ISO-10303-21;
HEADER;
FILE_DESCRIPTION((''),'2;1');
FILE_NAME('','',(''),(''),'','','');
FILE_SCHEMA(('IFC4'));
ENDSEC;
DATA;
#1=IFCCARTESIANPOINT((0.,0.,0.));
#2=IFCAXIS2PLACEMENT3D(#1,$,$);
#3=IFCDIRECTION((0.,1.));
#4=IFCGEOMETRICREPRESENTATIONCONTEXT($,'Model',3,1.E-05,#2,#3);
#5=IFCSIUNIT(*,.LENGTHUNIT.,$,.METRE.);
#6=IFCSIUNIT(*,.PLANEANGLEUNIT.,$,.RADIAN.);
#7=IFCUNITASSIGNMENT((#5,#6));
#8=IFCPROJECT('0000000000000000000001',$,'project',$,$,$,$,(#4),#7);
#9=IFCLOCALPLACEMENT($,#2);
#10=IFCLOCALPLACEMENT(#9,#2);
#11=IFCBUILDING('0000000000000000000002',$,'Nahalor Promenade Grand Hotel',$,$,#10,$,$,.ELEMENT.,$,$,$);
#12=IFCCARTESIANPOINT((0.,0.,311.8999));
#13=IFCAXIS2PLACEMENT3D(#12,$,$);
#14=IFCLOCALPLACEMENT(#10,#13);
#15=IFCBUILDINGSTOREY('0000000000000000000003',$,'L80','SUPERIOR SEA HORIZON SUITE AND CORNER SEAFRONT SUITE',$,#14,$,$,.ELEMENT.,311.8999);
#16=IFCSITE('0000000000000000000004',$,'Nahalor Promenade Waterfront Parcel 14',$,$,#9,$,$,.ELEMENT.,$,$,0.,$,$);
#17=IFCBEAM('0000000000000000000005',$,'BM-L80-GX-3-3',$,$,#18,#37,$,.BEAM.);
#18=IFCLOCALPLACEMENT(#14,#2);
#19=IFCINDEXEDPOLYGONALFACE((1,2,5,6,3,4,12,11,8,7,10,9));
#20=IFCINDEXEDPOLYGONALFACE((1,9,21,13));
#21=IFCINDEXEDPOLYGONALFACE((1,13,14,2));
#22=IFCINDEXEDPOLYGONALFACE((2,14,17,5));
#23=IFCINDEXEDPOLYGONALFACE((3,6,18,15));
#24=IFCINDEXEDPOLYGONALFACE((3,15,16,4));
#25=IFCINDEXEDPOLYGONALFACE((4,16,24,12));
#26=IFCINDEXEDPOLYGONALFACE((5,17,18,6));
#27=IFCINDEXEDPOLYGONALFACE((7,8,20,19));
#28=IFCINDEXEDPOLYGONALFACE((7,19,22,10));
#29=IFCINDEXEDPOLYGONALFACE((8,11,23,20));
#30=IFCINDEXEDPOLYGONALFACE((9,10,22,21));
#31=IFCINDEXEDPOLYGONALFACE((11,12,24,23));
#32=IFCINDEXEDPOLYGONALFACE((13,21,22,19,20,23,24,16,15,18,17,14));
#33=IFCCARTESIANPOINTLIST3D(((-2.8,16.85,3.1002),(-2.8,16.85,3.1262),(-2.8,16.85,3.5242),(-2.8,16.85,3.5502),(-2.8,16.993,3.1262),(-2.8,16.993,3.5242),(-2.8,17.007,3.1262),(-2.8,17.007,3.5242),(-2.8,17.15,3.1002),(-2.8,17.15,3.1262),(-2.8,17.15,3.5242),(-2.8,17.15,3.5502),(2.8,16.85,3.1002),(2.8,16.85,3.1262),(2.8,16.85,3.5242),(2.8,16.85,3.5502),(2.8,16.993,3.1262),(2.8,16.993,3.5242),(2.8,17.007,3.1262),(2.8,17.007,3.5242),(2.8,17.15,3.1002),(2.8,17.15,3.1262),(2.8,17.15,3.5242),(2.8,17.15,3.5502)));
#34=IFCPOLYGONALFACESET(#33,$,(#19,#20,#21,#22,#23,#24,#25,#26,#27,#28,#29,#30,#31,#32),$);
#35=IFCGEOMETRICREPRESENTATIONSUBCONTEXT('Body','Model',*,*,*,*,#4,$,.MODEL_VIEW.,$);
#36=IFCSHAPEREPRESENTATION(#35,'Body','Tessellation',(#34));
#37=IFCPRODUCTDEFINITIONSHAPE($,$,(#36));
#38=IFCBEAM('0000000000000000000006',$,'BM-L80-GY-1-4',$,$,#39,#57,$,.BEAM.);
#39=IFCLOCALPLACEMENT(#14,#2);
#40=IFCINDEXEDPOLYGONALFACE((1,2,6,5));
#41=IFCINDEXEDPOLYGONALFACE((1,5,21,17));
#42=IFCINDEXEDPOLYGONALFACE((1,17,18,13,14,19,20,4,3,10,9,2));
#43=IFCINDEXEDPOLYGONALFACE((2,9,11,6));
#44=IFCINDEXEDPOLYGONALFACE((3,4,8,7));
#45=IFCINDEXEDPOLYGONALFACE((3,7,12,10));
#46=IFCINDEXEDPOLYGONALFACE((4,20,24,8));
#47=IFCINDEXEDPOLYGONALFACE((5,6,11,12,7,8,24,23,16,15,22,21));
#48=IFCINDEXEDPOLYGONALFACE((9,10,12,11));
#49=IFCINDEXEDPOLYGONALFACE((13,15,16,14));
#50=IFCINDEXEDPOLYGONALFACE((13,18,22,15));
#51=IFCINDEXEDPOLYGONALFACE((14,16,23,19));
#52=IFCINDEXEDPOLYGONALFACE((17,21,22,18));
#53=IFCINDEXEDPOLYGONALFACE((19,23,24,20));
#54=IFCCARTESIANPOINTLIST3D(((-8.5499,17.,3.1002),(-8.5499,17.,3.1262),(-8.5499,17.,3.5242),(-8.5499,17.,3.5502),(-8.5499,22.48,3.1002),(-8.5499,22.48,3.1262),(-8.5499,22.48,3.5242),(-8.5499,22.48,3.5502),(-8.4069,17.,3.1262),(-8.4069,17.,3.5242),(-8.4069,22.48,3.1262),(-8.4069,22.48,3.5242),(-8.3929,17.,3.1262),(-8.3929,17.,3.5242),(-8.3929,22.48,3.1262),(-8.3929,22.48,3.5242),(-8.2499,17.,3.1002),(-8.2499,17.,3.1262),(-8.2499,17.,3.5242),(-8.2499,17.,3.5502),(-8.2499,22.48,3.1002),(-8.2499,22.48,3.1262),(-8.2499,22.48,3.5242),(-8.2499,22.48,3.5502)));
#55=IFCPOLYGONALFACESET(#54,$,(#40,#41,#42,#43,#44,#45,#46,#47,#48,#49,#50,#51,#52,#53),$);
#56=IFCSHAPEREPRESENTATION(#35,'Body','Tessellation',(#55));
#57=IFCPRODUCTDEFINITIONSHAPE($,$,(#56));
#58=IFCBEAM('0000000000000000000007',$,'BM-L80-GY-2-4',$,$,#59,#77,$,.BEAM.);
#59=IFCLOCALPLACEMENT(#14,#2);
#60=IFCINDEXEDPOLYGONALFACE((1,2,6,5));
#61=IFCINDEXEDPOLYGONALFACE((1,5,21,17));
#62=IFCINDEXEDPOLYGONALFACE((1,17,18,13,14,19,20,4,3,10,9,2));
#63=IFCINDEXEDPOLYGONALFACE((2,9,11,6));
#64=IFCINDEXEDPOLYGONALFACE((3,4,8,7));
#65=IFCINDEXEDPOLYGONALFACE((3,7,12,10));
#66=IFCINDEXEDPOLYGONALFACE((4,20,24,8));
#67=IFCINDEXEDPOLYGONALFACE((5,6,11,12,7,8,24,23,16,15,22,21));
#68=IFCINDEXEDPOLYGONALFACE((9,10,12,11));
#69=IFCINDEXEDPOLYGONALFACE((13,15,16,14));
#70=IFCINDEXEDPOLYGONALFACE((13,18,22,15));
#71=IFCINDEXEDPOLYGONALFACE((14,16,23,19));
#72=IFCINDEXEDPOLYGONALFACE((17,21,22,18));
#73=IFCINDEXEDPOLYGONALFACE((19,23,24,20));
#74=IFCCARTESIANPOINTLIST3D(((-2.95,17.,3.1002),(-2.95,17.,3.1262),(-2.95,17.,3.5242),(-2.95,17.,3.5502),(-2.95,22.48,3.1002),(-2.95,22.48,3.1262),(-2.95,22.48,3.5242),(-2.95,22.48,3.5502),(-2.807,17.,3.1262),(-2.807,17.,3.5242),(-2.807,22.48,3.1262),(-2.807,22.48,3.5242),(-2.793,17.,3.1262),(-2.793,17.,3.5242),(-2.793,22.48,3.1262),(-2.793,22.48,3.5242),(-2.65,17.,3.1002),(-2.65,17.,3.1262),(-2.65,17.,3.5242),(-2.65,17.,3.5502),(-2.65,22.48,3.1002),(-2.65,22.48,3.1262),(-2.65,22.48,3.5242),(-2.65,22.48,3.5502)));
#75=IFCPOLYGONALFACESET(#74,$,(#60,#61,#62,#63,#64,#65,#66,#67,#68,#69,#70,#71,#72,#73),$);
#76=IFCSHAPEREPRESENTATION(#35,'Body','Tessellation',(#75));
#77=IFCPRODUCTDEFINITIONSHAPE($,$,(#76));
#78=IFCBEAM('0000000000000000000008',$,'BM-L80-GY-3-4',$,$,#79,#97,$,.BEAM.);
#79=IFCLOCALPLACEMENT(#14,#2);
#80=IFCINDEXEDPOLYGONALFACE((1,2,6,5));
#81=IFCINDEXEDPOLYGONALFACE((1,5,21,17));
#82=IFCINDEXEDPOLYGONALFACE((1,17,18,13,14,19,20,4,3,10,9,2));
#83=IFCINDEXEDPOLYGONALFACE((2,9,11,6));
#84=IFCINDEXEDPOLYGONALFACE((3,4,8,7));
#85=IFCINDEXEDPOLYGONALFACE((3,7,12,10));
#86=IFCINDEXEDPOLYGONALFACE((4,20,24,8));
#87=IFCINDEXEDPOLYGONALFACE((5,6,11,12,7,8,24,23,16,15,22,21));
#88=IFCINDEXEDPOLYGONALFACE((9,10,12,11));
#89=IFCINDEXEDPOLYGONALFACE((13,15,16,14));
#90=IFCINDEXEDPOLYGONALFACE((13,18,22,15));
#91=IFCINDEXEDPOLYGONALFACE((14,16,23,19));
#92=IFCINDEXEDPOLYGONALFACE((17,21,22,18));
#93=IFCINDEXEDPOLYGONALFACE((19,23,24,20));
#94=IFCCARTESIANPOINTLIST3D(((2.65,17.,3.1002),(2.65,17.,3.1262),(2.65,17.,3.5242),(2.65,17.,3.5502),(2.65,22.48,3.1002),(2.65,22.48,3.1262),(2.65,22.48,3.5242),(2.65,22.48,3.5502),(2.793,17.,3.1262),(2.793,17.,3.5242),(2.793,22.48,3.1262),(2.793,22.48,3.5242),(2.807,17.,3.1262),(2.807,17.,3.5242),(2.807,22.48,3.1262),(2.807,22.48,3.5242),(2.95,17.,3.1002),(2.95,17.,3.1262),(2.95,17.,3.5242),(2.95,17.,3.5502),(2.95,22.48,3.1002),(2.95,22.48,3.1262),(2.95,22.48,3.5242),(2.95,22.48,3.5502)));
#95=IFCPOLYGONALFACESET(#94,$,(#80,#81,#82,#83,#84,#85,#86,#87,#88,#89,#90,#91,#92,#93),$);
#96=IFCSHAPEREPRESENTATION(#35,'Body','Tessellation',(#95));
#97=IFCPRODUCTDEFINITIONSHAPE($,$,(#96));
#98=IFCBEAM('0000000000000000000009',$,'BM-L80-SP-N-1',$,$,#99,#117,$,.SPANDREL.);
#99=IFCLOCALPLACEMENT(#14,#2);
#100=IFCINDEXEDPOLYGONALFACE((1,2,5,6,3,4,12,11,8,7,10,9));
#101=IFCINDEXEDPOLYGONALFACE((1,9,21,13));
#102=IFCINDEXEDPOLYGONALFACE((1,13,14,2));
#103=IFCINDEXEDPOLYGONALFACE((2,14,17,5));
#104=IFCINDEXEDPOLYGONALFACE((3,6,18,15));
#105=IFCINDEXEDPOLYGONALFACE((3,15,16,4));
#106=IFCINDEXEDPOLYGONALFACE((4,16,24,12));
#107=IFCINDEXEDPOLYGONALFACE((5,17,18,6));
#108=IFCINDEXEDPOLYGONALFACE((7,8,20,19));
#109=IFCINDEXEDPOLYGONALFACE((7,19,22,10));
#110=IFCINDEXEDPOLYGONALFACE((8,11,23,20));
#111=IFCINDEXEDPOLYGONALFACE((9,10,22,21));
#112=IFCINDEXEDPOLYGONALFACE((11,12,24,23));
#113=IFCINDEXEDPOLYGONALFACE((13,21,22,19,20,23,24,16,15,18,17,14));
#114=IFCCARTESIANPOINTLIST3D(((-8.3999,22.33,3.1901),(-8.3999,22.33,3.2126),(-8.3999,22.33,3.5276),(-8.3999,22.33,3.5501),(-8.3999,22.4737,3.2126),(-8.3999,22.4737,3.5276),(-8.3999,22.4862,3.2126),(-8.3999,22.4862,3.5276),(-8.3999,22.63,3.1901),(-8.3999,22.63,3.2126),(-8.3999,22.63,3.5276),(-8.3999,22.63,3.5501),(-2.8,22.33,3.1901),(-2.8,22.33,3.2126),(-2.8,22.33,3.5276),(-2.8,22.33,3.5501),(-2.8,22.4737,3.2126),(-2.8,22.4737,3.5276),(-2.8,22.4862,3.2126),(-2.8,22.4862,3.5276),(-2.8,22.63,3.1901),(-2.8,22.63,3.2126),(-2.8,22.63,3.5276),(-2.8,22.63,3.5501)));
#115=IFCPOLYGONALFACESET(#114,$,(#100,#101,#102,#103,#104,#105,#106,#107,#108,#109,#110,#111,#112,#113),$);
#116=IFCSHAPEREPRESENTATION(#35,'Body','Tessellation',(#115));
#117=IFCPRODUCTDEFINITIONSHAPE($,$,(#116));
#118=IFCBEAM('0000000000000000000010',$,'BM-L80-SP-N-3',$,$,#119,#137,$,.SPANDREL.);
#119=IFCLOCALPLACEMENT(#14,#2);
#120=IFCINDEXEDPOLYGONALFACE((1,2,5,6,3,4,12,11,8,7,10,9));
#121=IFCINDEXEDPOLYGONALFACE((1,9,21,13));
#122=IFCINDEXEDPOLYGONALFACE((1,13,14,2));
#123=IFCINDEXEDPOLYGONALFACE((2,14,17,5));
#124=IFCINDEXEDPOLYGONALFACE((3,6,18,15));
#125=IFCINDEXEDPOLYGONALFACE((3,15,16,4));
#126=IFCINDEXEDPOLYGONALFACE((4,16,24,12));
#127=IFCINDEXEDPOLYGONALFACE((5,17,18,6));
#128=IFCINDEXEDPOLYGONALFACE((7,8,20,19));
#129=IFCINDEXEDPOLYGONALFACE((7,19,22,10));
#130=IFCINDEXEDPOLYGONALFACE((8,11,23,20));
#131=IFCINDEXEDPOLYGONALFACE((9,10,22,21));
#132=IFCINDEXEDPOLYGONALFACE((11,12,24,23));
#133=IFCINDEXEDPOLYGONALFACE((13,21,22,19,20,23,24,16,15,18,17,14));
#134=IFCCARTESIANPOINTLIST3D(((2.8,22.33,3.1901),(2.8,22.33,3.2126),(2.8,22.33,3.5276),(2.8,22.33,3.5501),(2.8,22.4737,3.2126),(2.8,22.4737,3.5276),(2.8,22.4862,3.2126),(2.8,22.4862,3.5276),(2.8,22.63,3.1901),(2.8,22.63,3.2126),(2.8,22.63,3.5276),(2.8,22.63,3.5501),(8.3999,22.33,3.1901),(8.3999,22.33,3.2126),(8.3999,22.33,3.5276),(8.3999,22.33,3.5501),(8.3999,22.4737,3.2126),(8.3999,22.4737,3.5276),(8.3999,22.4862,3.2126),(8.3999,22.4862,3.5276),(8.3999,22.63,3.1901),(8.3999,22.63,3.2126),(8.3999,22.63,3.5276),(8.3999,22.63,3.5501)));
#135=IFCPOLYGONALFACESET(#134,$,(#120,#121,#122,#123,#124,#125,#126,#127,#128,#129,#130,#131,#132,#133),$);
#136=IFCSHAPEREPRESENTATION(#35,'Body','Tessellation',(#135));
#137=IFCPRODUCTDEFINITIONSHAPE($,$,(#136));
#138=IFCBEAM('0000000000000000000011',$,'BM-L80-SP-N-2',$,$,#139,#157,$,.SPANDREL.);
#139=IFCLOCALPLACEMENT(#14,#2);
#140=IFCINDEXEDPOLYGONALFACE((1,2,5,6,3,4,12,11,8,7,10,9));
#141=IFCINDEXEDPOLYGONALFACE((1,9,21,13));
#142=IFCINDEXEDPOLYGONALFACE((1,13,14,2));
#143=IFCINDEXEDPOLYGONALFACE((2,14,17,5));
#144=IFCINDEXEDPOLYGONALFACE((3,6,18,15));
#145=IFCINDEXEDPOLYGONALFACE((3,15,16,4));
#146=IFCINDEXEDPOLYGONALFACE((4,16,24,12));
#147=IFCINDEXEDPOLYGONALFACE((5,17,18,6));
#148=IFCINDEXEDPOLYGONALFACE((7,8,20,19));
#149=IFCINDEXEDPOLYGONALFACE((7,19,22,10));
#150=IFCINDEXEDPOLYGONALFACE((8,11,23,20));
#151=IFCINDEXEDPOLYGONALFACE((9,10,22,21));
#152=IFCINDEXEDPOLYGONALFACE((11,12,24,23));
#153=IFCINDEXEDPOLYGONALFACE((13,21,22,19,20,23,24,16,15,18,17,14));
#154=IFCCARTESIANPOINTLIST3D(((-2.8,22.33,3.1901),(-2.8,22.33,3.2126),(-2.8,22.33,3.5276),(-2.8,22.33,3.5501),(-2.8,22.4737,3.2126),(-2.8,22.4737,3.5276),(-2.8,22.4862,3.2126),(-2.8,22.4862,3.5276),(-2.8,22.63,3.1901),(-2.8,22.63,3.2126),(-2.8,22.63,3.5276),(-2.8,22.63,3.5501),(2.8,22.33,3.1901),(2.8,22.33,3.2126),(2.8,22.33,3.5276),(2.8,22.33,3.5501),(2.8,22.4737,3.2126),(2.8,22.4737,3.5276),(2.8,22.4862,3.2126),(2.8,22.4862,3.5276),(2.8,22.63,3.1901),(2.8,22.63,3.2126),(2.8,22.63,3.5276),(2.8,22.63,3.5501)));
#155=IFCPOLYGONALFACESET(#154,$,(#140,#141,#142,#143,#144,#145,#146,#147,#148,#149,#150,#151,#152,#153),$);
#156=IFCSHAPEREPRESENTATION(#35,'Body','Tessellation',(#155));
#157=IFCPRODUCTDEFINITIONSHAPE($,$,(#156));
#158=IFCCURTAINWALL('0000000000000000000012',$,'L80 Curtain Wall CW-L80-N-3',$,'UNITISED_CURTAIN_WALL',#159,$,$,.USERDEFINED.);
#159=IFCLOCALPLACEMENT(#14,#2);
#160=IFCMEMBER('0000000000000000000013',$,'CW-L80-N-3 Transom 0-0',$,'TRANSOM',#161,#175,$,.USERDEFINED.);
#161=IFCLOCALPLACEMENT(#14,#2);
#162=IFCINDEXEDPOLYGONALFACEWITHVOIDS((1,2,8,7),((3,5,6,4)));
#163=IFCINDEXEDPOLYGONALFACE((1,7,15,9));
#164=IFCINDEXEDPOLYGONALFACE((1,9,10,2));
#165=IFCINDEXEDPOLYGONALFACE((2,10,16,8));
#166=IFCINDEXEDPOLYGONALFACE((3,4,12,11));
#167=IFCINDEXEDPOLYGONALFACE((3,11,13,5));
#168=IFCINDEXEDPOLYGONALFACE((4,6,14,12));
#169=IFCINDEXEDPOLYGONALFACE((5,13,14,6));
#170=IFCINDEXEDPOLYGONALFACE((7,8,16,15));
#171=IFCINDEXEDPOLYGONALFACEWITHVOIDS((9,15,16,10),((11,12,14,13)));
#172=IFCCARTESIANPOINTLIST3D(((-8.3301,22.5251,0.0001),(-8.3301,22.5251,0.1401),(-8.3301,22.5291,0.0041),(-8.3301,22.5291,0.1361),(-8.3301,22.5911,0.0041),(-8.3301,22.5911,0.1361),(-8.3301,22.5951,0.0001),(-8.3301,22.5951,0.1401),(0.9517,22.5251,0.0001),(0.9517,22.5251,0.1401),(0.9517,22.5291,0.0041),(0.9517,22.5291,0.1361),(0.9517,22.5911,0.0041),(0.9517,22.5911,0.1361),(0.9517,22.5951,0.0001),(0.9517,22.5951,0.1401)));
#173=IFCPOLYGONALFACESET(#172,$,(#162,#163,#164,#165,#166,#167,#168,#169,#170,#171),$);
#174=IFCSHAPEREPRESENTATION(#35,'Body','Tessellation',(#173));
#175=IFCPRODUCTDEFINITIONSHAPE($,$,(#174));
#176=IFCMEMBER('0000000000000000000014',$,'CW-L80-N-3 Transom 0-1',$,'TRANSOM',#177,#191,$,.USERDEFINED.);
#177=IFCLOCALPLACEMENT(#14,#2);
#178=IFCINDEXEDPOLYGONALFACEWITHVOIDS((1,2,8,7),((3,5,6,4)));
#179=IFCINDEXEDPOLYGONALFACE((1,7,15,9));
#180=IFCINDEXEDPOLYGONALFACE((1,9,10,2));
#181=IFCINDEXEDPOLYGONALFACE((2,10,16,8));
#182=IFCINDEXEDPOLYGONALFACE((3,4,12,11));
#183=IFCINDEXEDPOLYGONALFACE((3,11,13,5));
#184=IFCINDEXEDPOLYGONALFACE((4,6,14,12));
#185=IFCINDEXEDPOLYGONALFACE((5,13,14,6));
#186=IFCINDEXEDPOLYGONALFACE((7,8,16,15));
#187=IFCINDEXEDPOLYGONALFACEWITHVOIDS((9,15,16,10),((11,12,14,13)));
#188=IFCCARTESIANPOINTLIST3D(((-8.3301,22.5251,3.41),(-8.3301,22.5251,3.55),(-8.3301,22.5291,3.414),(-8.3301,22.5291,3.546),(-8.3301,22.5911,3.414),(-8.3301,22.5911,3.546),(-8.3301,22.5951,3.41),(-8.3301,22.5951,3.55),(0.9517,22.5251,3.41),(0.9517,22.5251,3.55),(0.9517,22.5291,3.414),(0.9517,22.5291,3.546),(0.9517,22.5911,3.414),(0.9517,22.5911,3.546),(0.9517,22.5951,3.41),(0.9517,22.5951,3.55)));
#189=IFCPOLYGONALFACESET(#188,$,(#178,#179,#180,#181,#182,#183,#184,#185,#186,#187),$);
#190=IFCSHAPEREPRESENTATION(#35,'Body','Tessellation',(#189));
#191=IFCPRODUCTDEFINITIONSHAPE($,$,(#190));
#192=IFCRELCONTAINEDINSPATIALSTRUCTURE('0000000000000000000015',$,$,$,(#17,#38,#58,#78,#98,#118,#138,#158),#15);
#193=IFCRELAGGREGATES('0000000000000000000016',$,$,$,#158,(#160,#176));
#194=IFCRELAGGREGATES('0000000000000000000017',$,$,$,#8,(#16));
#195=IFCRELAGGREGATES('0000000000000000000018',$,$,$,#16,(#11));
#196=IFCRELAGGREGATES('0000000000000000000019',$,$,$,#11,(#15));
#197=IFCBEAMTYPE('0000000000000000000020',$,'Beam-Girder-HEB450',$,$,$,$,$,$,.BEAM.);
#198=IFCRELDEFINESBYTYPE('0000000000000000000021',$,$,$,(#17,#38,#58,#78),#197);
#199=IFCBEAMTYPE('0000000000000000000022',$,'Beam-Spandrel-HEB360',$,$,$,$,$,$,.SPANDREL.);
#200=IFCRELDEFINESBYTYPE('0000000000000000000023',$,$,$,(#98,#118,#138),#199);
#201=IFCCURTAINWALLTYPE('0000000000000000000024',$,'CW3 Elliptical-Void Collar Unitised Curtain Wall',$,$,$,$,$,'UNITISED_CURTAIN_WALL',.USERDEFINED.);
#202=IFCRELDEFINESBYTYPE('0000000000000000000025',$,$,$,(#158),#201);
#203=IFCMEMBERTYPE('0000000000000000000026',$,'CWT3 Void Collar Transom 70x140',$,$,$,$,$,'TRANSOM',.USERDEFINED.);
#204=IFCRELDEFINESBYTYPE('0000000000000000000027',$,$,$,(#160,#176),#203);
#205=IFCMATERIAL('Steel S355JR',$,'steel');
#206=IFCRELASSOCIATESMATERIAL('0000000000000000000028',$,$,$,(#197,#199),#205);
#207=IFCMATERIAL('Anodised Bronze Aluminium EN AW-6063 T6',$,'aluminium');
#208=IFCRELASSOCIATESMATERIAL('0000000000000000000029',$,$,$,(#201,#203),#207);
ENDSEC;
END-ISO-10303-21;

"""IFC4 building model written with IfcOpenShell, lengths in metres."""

from ifc_helpers import new_model, si_unit, direction, frame, origin, origin_2d, place, context, subcontext, project, spatial, hollow_rectangle, i_section, extrude, source, transform, mapped, material, material_profile, profile_set, type_object, element, aggregate, save


model = new_model("IFC4")

# Units and contexts
model_context = context("Model", 3, precision=1e-05, world=origin(), true_north=direction((0.0, 1.0)))
body_context = subcontext(model_context, "Body", "Model", "MODEL_VIEW")
ifc_project = project(units=[si_unit("LENGTHUNIT", "METRE"), si_unit("PLANEANGLEUNIT", "RADIAN")], contexts=[model_context])

# Site, building, storey
site_placement = place(None, origin())
site = spatial("IfcSite", under=ifc_project, at=site_placement, Name="Nahalor Promenade Waterfront Parcel 14", CompositionType="ELEMENT", RefElevation=0.0)
building_placement = place(site_placement, origin())
building = spatial("IfcBuilding", under=site, at=building_placement, Name="Nahalor Promenade Grand Hotel", CompositionType="ELEMENT")
storey_placement = place(building_placement, frame((0.0, 0.0, 311.8999)))
storey = spatial("IfcBuildingStorey", under=building, at=storey_placement, Name="L80", Description="SUPERIOR SEA HORIZON SUITE AND CORNER SEAFRONT SUITE", CompositionType="ELEMENT", Elevation=311.8999)

# Shared definitions
ifc_material_1 = material(Name="Steel S355JR", Category="steel")

# Beams
ifc_material_profile_1 = material_profile(ifc_material_1, i_section(OverallWidth=0.3, OverallDepth=0.45, WebThickness=0.014, FlangeThickness=0.026, at=origin_2d()), Name="HEB 450")
ifc_profile_set_1 = profile_set([ifc_material_profile_1], Name="Steel S355JR")
beam_type_1 = type_object("IfcBeamType", Name="Beam-Girder-HEB450", PredefinedType="BEAM", material=ifc_profile_set_1)
shared_shape_1 = source(origin(), body_context, "Body", "SweptSolid", [
    extrude(i_section(OverallWidth=0.3, OverallDepth=0.45, WebThickness=0.014, FlangeThickness=0.026, at=origin_2d()), origin(), (0.0, 0.0, 1.0), 5.6001),
])
beam_1_placement = place(storey_placement, frame((-2.8, 17.0, 3.3252), z_axis=(1.0, 0.0, 0.0), x_axis=(0.0, 1.0, 0.0)))
element("IfcBeam", 1, at=beam_1_placement, inside=storey, type_object=beam_type_1, Name="BM-L80-GX-3-3", PredefinedType="BEAM", context=body_context, shape_type="MappedRepresentation", body=[
    mapped(shared_shape_1, transform((0.0, 0.0, 0.0), scale=1.0)),
])
shared_shape_2 = source(origin(), body_context, "Body", "SweptSolid", [
    extrude(i_section(OverallWidth=0.3, OverallDepth=0.45, WebThickness=0.014, FlangeThickness=0.026, at=origin_2d()), origin(), (0.0, 0.0, 1.0), 5.48),
])
for number, where, z_axis, x_axis, name in (
    (2, (-8.3999, 17.0, 3.3252), (0.0, 1.0, 0.0), (-1.0, 0.0, 0.0), "BM-L80-GY-1-4"),
    (3, (-2.8, 17.0, 3.3252), (0.0, 1.0, 0.0), (-1.0, 0.0, 0.0), "BM-L80-GY-2-4"),
    (4, (2.8, 17.0, 3.3252), (0.0, 1.0, 0.0), (-1.0, 0.0, 0.0), "BM-L80-GY-3-4"),
):
    element("IfcBeam", number, at=place(storey_placement, frame(where, z_axis=z_axis, x_axis=x_axis)), inside=storey, type_object=beam_type_1, Name=name, PredefinedType="BEAM", context=body_context, shape_type="MappedRepresentation", body=[
        mapped(shared_shape_2, transform((0.0, 0.0, 0.0), scale=1.0)),
    ])
ifc_material_profile_2 = material_profile(ifc_material_1, i_section(OverallWidth=0.3, OverallDepth=0.36, WebThickness=0.0125, FlangeThickness=0.0225, at=origin_2d()), Name="HEB 360")
ifc_profile_set_2 = profile_set([ifc_material_profile_2], Name="Steel S355JR")
beam_type_2 = type_object("IfcBeamType", Name="Beam-Spandrel-HEB360", PredefinedType="SPANDREL", material=ifc_profile_set_2)
shared_shape_3 = source(origin(), body_context, "Body", "SweptSolid", [
    extrude(i_section(OverallWidth=0.3, OverallDepth=0.36, WebThickness=0.0125, FlangeThickness=0.0225, at=origin_2d()), origin(), (0.0, 0.0, 1.0), 5.5999),
])
for number, where, z_axis, x_axis, name in (
    (5, (-8.3999, 22.48, 3.3701), (1.0, 0.0, 0.0), (0.0, 1.0, 0.0), "BM-L80-SP-N-1"),
    (6, (2.8, 22.48, 3.3701), (1.0, 0.0, 0.0), (0.0, 1.0, 0.0), "BM-L80-SP-N-3"),
):
    element("IfcBeam", number, at=place(storey_placement, frame(where, z_axis=z_axis, x_axis=x_axis)), inside=storey, type_object=beam_type_2, Name=name, PredefinedType="SPANDREL", context=body_context, shape_type="MappedRepresentation", body=[
        mapped(shared_shape_3, transform((0.0, 0.0, 0.0), scale=1.0)),
    ])
shared_shape_4 = source(origin(), body_context, "Body", "SweptSolid", [
    extrude(i_section(OverallWidth=0.3, OverallDepth=0.36, WebThickness=0.0125, FlangeThickness=0.0225, at=origin_2d()), origin(), (0.0, 0.0, 1.0), 5.6001),
])
beam_2_placement = place(storey_placement, frame((-2.8, 22.48, 3.3701), z_axis=(1.0, 0.0, 0.0), x_axis=(0.0, 1.0, 0.0)))
element("IfcBeam", 7, at=beam_2_placement, inside=storey, type_object=beam_type_2, Name="BM-L80-SP-N-2", PredefinedType="SPANDREL", context=body_context, shape_type="MappedRepresentation", body=[
    mapped(shared_shape_4, transform((0.0, 0.0, 0.0), scale=1.0)),
])

# Curtain wall, members
ifc_material_2 = material(Name="Anodised Bronze Aluminium EN AW-6063 T6", Category="aluminium")
curtain_wall_type = type_object("IfcCurtainWallType", Name="CW3 Elliptical-Void Collar Unitised Curtain Wall", ElementType="UNITISED_CURTAIN_WALL", PredefinedType="USERDEFINED", material=ifc_material_2)
curtain_wall_placement = place(storey_placement, origin())
curtain_wall = element("IfcCurtainWall", 8, at=curtain_wall_placement, inside=storey, type_object=curtain_wall_type, Name="L80 Curtain Wall CW-L80-N-3", ObjectType="UNITISED_CURTAIN_WALL", PredefinedType="USERDEFINED")
ifc_material_profile_3 = material_profile(ifc_material_2, hollow_rectangle(XDim=0.07, YDim=0.14, WallThickness=0.004, at=origin_2d()), Name="CWT 70x140x4")
ifc_profile_set_3 = profile_set([ifc_material_profile_3], Name="Anodised Bronze Aluminium EN AW-6063 T6")
member_type_1 = type_object("IfcMemberType", Name="CWT3 Void Collar Transom 70x140", ElementType="TRANSOM", PredefinedType="USERDEFINED", material=ifc_profile_set_3)
shared_shape_5 = source(origin(), body_context, "Body", "SweptSolid", [
    extrude(hollow_rectangle(XDim=0.07, YDim=0.14, WallThickness=0.004, at=origin_2d()), origin(), (0.0, 0.0, 1.0), 9.2817),
])
member_1_placement = place(storey_placement, frame((-8.3301, 22.5601, 0.0701), z_axis=(1.0, 0.0, 0.0), x_axis=(0.0, 1.0, 0.0)))
member_1 = element("IfcMember", 9, at=member_1_placement, type_object=member_type_1, Name="CW-L80-N-3 Transom 0-0", ObjectType="TRANSOM", PredefinedType="USERDEFINED", context=body_context, shape_type="MappedRepresentation", body=[
    mapped(shared_shape_5, transform((0.0, 0.0, 0.0), scale=1.0)),
])
member_2_placement = place(storey_placement, frame((-8.3301, 22.5601, 3.48), z_axis=(1.0, 0.0, 0.0), x_axis=(0.0, 1.0, 0.0)))
member_2 = element("IfcMember", 10, at=member_2_placement, type_object=member_type_1, Name="CW-L80-N-3 Transom 0-1", ObjectType="TRANSOM", PredefinedType="USERDEFINED", context=body_context, shape_type="MappedRepresentation", body=[
    mapped(shared_shape_5, transform((0.0, 0.0, 0.0), scale=1.0)),
])
aggregate(curtain_wall, [member_1, member_2])

save(model, "model.ifc")
